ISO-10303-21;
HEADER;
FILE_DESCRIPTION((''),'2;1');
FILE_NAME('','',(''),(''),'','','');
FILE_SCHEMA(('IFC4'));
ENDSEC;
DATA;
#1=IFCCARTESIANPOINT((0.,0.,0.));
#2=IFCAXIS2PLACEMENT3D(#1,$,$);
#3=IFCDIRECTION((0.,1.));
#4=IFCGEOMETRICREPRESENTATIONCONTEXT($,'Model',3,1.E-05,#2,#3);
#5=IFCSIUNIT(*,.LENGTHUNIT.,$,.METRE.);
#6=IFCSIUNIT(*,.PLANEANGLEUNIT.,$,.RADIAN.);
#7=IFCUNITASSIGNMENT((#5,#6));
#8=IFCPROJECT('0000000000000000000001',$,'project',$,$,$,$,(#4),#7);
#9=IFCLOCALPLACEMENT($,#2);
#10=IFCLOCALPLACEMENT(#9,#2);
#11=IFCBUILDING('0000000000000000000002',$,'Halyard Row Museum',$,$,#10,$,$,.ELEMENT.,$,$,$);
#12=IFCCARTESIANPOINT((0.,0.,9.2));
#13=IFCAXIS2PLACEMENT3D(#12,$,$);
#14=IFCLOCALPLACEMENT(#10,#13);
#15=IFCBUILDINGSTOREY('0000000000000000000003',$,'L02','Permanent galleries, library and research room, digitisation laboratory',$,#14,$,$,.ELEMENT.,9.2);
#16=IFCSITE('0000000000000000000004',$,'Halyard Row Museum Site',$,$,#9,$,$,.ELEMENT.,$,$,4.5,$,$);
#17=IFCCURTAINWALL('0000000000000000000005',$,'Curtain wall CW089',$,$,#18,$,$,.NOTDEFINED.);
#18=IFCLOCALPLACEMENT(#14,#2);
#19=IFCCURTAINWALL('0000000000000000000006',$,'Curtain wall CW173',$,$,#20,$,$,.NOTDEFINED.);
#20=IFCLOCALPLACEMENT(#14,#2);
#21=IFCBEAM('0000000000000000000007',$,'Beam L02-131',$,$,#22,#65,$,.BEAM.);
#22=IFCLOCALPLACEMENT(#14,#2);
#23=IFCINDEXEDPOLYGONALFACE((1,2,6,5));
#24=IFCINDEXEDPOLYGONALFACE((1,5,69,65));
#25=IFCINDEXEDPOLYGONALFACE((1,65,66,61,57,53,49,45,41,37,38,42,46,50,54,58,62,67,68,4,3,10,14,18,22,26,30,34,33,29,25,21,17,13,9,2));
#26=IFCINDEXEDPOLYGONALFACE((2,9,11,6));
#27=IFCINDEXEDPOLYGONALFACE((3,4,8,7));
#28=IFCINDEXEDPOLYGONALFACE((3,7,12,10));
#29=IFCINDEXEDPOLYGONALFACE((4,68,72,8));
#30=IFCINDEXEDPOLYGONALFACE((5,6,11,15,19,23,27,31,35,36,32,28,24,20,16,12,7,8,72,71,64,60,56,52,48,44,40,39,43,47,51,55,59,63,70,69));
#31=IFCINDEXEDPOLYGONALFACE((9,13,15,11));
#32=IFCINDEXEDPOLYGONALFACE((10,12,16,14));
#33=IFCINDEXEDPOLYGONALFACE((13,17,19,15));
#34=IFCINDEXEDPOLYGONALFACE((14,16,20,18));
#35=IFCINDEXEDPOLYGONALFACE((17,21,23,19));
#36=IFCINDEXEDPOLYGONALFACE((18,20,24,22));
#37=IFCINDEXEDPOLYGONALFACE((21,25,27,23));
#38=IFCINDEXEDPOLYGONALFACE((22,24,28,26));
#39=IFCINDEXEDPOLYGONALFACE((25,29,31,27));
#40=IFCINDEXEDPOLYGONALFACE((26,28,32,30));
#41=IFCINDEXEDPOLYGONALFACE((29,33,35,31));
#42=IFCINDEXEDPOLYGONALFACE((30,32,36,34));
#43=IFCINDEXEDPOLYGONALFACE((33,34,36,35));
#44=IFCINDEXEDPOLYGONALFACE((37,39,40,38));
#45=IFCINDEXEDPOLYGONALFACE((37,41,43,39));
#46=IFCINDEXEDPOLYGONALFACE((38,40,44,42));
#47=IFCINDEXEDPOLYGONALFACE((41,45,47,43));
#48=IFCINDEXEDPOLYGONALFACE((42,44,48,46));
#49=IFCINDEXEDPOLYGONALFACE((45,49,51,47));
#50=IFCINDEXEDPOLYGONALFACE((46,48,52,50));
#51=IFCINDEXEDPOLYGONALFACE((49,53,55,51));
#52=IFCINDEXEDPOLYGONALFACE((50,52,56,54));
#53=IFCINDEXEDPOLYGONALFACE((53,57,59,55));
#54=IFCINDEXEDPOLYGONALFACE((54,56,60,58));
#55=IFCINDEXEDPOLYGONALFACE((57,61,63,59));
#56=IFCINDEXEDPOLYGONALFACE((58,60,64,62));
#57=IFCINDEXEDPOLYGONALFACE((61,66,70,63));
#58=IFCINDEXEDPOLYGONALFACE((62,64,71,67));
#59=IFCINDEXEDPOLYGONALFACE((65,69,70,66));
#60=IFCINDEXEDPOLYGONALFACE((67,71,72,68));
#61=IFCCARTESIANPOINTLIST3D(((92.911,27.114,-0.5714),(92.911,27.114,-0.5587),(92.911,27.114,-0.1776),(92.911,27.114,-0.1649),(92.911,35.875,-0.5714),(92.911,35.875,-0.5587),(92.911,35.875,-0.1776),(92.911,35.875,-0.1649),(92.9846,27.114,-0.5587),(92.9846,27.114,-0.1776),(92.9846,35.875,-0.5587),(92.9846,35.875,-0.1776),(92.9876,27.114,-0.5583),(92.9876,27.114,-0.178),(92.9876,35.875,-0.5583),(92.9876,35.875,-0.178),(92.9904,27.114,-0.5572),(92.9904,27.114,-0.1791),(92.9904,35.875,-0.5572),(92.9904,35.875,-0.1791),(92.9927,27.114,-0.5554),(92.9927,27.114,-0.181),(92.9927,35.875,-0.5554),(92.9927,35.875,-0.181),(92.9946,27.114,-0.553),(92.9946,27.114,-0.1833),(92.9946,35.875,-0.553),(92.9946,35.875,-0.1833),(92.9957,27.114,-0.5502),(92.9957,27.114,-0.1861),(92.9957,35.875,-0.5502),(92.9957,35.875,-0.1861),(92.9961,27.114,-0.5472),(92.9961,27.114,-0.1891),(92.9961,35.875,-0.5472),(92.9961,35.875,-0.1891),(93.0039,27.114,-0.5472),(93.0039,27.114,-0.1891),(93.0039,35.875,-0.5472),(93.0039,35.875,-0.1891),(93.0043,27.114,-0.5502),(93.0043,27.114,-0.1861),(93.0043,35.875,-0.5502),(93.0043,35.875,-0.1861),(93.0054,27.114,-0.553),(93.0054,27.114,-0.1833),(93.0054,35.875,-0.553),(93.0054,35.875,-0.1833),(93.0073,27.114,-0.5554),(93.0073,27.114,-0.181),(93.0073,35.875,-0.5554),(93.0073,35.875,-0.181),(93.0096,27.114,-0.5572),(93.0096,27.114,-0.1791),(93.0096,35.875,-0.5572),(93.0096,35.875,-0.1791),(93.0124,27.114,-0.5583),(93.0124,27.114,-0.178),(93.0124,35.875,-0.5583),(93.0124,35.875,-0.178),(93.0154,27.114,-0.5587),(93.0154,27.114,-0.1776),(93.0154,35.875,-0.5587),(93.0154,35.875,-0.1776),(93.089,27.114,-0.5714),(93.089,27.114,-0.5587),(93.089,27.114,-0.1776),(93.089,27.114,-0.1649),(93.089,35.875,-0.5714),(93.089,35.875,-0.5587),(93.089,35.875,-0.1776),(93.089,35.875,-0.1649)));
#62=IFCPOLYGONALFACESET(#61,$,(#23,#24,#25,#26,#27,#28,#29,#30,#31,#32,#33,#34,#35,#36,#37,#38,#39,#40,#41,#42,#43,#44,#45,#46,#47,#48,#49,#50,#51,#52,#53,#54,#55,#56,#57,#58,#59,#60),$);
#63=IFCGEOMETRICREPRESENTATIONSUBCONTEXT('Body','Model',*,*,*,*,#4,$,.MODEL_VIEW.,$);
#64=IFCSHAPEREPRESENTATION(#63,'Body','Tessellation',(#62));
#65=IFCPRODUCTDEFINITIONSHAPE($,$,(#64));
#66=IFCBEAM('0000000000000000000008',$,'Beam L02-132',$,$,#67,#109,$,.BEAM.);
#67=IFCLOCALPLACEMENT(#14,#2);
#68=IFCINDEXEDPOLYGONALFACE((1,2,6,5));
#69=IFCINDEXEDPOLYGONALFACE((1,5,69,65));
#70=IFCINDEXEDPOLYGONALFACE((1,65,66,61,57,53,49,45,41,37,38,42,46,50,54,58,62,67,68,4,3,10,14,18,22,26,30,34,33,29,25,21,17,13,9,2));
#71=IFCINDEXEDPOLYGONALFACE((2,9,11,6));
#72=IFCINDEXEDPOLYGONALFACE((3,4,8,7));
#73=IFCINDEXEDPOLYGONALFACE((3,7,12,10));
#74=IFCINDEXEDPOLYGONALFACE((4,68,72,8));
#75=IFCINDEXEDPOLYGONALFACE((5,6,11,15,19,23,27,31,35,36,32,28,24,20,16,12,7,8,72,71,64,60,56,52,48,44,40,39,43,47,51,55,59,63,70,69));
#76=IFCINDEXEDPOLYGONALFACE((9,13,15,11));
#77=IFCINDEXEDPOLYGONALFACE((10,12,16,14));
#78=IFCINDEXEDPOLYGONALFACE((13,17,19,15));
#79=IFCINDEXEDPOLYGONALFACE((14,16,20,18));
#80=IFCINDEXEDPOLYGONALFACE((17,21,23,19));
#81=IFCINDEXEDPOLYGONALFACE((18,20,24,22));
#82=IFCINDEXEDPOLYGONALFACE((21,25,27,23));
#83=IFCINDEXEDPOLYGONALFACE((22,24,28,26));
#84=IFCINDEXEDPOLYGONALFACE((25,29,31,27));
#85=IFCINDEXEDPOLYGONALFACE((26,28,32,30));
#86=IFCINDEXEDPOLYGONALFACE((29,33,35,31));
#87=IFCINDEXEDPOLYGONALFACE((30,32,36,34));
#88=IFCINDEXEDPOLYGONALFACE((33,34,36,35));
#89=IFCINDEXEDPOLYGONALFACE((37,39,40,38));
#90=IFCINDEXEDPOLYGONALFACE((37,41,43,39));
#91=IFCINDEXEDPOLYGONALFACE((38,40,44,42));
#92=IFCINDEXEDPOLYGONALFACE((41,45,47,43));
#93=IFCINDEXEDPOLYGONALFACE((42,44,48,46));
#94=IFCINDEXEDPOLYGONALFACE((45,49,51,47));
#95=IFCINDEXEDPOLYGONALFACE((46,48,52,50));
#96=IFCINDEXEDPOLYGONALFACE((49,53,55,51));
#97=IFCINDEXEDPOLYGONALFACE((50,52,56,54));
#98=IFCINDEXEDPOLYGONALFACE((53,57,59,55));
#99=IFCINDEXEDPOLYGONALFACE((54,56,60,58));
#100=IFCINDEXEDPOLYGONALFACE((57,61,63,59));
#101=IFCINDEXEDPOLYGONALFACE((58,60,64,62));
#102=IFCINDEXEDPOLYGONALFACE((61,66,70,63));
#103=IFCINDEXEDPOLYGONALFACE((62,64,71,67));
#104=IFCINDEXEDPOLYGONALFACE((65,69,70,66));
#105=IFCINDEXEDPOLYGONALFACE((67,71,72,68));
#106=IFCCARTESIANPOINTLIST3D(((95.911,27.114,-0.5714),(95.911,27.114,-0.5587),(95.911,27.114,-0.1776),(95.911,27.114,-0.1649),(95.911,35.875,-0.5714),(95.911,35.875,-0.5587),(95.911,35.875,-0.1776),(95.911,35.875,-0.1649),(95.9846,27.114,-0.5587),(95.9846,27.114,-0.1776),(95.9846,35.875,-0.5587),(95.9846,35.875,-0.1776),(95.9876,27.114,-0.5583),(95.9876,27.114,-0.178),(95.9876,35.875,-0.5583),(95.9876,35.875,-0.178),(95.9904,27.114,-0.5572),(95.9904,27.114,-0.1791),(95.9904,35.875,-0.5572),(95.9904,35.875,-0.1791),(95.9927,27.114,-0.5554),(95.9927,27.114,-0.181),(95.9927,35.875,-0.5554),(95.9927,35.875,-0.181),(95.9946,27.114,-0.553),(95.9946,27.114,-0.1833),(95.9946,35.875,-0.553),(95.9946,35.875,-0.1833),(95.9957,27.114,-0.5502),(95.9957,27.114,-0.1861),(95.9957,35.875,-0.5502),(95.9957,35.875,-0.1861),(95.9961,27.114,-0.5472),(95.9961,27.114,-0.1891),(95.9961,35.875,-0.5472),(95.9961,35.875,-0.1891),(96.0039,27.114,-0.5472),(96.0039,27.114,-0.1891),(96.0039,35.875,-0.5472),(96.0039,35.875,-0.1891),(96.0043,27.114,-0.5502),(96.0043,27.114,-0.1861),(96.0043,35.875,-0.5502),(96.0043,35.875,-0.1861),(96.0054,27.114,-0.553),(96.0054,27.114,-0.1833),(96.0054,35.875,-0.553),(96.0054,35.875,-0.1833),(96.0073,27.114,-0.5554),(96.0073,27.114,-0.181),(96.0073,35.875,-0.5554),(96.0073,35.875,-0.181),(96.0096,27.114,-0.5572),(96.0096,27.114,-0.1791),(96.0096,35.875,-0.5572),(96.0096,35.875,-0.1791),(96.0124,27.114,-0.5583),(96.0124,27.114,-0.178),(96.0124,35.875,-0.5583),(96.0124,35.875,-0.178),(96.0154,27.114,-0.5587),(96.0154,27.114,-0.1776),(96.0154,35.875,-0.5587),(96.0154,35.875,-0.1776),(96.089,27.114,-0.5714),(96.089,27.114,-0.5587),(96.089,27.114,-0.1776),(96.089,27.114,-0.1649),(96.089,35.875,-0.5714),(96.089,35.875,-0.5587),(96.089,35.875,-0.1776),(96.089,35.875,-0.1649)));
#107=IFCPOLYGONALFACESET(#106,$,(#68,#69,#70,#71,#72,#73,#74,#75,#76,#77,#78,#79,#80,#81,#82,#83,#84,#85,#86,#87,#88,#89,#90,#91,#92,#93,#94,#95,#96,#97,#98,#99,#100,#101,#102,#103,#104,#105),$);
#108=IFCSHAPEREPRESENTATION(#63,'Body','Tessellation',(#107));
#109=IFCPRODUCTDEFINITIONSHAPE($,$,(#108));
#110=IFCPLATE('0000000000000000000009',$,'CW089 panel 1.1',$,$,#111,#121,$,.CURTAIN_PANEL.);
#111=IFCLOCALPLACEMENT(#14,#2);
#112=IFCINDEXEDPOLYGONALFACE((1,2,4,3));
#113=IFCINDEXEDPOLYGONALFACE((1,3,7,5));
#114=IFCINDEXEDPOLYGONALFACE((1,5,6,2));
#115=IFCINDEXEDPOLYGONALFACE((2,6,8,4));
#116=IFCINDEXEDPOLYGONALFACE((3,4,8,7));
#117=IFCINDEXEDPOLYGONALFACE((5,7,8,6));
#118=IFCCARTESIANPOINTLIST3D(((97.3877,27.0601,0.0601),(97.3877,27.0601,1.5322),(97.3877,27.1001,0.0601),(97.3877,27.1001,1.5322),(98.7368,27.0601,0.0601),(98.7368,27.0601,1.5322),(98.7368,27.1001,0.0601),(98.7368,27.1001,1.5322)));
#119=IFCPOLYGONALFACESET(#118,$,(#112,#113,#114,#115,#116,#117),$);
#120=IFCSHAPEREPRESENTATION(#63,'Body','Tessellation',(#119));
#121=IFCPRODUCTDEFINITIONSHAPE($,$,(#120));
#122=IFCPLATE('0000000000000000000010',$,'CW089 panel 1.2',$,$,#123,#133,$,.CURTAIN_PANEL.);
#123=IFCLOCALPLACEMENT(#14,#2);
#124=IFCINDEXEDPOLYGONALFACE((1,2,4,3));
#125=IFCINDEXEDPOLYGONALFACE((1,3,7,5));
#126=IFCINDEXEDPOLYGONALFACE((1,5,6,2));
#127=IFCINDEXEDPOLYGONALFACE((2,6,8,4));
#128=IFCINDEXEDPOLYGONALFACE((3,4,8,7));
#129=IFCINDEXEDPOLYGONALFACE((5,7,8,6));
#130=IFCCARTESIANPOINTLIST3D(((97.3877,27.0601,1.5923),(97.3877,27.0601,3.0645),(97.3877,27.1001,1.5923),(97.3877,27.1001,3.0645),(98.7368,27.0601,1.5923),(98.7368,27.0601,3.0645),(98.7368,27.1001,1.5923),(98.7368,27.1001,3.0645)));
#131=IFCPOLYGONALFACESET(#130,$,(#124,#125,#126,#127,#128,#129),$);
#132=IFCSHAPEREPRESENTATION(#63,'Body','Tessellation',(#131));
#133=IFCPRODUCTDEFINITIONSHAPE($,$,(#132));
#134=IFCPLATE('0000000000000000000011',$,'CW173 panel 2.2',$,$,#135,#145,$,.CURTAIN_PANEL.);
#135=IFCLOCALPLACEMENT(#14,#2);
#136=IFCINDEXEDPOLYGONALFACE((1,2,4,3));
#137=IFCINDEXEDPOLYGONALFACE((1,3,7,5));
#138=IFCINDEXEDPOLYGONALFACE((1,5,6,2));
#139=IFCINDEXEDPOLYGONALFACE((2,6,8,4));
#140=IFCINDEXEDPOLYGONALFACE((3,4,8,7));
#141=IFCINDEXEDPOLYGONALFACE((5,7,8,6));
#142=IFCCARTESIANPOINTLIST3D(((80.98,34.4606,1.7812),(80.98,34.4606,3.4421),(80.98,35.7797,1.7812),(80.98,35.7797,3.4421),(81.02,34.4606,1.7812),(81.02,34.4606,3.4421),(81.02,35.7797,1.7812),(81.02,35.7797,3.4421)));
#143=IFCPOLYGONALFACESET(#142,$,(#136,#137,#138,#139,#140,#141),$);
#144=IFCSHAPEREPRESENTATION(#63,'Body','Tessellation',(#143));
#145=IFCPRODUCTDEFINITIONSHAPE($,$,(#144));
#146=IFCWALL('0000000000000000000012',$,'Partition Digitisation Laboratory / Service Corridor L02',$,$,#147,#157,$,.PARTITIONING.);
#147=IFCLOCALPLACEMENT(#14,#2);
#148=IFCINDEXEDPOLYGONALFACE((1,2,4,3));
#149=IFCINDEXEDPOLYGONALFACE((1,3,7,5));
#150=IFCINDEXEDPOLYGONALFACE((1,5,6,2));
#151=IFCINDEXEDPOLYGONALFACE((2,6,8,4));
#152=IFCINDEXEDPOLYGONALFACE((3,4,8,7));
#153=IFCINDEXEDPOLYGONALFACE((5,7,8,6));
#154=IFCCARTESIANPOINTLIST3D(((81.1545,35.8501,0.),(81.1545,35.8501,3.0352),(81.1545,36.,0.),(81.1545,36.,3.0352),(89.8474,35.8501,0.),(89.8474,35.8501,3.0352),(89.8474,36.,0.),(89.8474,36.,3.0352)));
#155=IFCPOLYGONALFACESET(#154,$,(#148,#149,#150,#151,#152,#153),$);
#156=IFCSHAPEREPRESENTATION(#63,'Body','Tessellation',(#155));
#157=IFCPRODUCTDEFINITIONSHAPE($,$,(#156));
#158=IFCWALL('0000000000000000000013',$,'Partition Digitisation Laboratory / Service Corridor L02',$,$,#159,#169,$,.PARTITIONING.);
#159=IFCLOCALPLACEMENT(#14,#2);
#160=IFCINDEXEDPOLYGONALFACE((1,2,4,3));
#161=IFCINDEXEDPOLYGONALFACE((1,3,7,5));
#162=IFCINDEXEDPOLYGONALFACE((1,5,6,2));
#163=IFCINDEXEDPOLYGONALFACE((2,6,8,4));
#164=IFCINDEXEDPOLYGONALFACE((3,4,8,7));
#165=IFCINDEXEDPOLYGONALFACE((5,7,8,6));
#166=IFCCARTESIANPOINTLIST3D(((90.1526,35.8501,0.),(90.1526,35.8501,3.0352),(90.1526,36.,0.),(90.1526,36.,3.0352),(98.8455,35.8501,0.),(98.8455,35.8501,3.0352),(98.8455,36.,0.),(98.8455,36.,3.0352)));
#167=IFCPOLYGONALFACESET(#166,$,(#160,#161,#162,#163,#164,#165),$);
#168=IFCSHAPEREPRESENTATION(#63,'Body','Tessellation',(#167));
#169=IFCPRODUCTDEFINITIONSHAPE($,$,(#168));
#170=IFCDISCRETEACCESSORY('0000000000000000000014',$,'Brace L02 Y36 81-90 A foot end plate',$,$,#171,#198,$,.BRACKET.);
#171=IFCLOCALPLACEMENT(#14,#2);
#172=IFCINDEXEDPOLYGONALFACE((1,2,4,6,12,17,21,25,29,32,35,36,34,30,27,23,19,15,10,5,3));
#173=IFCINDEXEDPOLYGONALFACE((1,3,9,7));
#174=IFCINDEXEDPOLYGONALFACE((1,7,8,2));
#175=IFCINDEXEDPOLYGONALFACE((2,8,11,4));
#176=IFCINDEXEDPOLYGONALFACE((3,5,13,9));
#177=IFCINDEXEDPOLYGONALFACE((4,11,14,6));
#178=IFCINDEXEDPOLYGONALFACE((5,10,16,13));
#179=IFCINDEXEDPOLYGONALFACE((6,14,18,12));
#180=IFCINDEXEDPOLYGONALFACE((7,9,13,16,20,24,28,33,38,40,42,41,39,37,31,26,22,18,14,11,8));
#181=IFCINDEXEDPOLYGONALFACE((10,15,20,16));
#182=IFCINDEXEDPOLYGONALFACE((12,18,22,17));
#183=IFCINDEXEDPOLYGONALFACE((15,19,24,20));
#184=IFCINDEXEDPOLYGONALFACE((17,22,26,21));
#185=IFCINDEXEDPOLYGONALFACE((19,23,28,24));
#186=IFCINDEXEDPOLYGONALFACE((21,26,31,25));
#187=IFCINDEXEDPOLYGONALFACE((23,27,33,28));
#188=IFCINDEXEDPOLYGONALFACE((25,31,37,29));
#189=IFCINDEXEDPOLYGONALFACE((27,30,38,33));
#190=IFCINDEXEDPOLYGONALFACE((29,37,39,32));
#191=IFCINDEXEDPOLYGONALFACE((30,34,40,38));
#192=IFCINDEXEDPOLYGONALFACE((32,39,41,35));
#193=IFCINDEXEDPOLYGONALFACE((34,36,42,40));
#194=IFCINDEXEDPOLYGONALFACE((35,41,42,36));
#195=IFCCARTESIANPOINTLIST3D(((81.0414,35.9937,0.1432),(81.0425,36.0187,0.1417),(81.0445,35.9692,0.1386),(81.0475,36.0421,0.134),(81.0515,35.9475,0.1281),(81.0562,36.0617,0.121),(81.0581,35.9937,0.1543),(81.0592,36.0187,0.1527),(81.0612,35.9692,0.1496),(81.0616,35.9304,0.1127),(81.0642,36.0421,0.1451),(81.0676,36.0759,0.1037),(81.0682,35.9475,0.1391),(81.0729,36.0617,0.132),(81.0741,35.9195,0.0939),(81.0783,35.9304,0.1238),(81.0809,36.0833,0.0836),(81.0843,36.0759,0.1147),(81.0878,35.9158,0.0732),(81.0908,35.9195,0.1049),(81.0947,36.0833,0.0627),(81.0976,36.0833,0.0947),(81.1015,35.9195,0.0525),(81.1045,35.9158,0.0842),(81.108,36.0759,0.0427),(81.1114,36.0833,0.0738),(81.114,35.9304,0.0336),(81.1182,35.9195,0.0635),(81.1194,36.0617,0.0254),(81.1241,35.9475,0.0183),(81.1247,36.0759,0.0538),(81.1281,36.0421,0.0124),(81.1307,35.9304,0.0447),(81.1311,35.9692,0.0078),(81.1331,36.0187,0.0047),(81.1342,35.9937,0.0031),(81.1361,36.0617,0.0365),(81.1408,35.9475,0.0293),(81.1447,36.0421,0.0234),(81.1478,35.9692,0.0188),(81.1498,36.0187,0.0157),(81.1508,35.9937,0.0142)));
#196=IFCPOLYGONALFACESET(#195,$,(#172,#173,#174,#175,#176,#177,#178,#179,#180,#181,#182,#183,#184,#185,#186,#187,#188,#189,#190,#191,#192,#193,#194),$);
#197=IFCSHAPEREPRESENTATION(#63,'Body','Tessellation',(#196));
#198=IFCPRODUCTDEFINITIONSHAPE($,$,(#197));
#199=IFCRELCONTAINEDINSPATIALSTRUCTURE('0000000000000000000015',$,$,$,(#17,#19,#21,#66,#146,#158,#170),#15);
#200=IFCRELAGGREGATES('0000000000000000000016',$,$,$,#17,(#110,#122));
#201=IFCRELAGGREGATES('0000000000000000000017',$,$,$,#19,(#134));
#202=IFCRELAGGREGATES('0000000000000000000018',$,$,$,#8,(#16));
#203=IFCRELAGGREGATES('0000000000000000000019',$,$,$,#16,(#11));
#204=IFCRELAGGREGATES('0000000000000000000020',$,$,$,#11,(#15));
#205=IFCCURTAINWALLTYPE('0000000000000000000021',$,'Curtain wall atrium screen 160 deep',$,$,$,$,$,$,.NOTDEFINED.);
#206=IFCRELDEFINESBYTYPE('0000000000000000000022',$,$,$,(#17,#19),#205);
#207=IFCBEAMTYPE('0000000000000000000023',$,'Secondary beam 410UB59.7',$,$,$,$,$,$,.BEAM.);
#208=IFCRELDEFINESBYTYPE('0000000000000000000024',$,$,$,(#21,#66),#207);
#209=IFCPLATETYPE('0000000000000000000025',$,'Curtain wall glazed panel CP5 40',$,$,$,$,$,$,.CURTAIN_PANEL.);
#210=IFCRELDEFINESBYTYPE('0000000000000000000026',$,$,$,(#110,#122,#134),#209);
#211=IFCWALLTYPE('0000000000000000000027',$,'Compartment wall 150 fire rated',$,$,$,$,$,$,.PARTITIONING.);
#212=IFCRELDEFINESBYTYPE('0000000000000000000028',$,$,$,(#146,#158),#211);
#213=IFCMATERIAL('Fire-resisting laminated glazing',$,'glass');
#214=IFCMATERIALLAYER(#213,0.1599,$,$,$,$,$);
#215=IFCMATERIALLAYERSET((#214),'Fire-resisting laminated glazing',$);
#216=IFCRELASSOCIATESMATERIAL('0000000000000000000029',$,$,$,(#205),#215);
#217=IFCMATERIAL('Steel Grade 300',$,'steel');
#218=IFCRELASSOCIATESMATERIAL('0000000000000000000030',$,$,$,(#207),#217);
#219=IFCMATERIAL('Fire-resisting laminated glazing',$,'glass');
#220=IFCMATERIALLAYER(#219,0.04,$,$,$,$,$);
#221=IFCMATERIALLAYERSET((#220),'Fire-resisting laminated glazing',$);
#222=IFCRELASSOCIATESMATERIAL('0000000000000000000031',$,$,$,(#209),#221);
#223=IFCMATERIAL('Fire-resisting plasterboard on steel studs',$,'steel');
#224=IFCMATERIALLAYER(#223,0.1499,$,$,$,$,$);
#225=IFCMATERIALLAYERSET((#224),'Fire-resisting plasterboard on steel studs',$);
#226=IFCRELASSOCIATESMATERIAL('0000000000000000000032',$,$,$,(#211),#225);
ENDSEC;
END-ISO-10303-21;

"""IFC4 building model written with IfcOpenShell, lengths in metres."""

from ifc_helpers import new_model, si_unit, direction, frame, frame_2d, origin, origin_2d, place, context, subcontext, project, spatial, rectangle, circle, i_section, extrude, material, layer, layer_set, material_profile, profile_set, type_object, element, aggregate, save


model = new_model("IFC4")

# Units and contexts
model_context = context("Model", 3, precision=1e-05, world=origin(), true_north=direction((0.0, 1.0)))
body_context = subcontext(model_context, "Body", "Model", "MODEL_VIEW")
ifc_project = project(units=[si_unit("LENGTHUNIT", "METRE"), si_unit("PLANEANGLEUNIT", "RADIAN")], contexts=[model_context])

# Site, building, storey
site_placement = place(None, origin())
site = spatial("IfcSite", under=ifc_project, at=site_placement, Name="Halyard Row Museum Site", CompositionType="ELEMENT", RefElevation=4.5)
building_placement = place(site_placement, origin())
building = spatial("IfcBuilding", under=site, at=building_placement, Name="Halyard Row Museum", CompositionType="ELEMENT")
storey_placement = place(building_placement, frame((0.0, 0.0, 9.2)))
storey = spatial("IfcBuildingStorey", under=building, at=storey_placement, Name="L02", Description="Permanent galleries, library and research room, digitisation laboratory", CompositionType="ELEMENT", Elevation=9.2)

# Curtain walls
ifc_material_1 = material(Name="Fire-resisting laminated glazing", Category="glass")
ifc_layer_1 = layer(ifc_material_1, 0.1599)
ifc_layer_set_1 = layer_set([ifc_layer_1], Name="Fire-resisting laminated glazing")
curtain_wall_type = type_object("IfcCurtainWallType", Name="Curtain wall atrium screen 160 deep", PredefinedType="NOTDEFINED", material=ifc_layer_set_1)
curtain_wall_1_placement = place(storey_placement, origin())
curtain_wall_1 = element("IfcCurtainWall", 1, at=curtain_wall_1_placement, inside=storey, type_object=curtain_wall_type, Name="Curtain wall CW089", PredefinedType="NOTDEFINED")
curtain_wall_2_placement = place(storey_placement, origin())
curtain_wall_2 = element("IfcCurtainWall", 2, at=curtain_wall_2_placement, inside=storey, type_object=curtain_wall_type, Name="Curtain wall CW173", PredefinedType="NOTDEFINED")

# Beams
ifc_material_2 = material(Name="Steel Grade 300", Category="steel")
ifc_material_profile_1 = material_profile(ifc_material_2, i_section(OverallWidth=0.178, OverallDepth=0.4065, WebThickness=0.0078, FlangeThickness=0.0127, FilletRadius=0.0115, at=origin_2d()), Name="410UB59.7")
ifc_profile_set_1 = profile_set([ifc_material_profile_1], Name="Steel Grade 300")
beam_type_1 = type_object("IfcBeamType", Name="Secondary beam 410UB59.7", PredefinedType="BEAM", material=ifc_profile_set_1)
for number, where, z_axis, x_axis, name in (
    (3, (93.0, 27.114, -0.3682), (0.0, 1.0, 0.0), (-1.0, 0.0, 0.0), "Beam L02-131"),
    (4, (96.0, 27.114, -0.3682), (0.0, 1.0, 0.0), (-1.0, 0.0, 0.0), "Beam L02-132"),
):
    element("IfcBeam", number, at=place(storey_placement, frame(where, z_axis=z_axis, x_axis=x_axis)), inside=storey, type_object=beam_type_1, Name=name, PredefinedType="BEAM", context=body_context, shape_type="SweptSolid", body=[
        extrude(i_section(OverallWidth=0.178, OverallDepth=0.4065, WebThickness=0.0078, FlangeThickness=0.0127, FilletRadius=0.0115, at=origin_2d()), origin(), (0.0, 0.0, 1.0), 8.761),
    ])

# Plates
ifc_material_3 = material(Name="Fire-resisting laminated glazing", Category="glass")
ifc_layer_2 = layer(ifc_material_3, 0.04)
ifc_layer_set_2 = layer_set([ifc_layer_2], Name="Fire-resisting laminated glazing")
plate_type = type_object("IfcPlateType", Name="Curtain wall glazed panel CP5 40", PredefinedType="CURTAIN_PANEL", material=ifc_layer_set_2)
plate_1_placement = place(storey_placement, frame((98.0623, 27.0801, 0.0601), z_axis=(0.0, 0.0, 1.0), x_axis=(-1.0, 0.0, 0.0)))
plate_1 = element("IfcPlate", 5, at=plate_1_placement, type_object=plate_type, Name="CW089 panel 1.1", PredefinedType="CURTAIN_PANEL", context=body_context, shape_type="SweptSolid", body=[
    extrude(rectangle(XDim=1.3491, YDim=0.04, at=origin_2d()), origin(), (0.0, 0.0, 1.0), 1.4722),
])
plate_2_placement = place(storey_placement, frame((98.0623, 27.0801, 1.5923), z_axis=(0.0, 0.0, 1.0), x_axis=(-1.0, 0.0, 0.0)))
plate_2 = element("IfcPlate", 6, at=plate_2_placement, type_object=plate_type, Name="CW089 panel 1.2", PredefinedType="CURTAIN_PANEL", context=body_context, shape_type="SweptSolid", body=[
    extrude(rectangle(XDim=1.3491, YDim=0.04, at=origin_2d()), origin(), (0.0, 0.0, 1.0), 1.4722),
])
aggregate(curtain_wall_1, [plate_1, plate_2])
plate_3_placement = place(storey_placement, frame((81.0, 35.1201, 1.7812), z_axis=(0.0, 0.0, 1.0), x_axis=(0.0, 1.0, 0.0)))
plate_3 = element("IfcPlate", 7, at=plate_3_placement, type_object=plate_type, Name="CW173 panel 2.2", PredefinedType="CURTAIN_PANEL", context=body_context, shape_type="SweptSolid", body=[
    extrude(rectangle(XDim=1.3191, YDim=0.04, at=origin_2d()), origin(), (0.0, 0.0, 1.0), 1.6609),
])
aggregate(curtain_wall_2, [plate_3])

# Walls
ifc_material_4 = material(Name="Fire-resisting plasterboard on steel studs", Category="steel")
ifc_layer_3 = layer(ifc_material_4, 0.1499)
ifc_layer_set_3 = layer_set([ifc_layer_3], Name="Fire-resisting plasterboard on steel studs")
wall_type = type_object("IfcWallType", Name="Compartment wall 150 fire rated", PredefinedType="PARTITIONING", material=ifc_layer_set_3)
for number, where, z_axis, x_axis, name in (
    (8, (81.1545, 35.925, 0.0), (0.0, 0.0, 1.0), (1.0, 0.0, 0.0), "Partition Digitisation Laboratory / Service Corridor L02"),
    (9, (90.1526, 35.925, 0.0), (0.0, 0.0, 1.0), (1.0, 0.0, 0.0), "Partition Digitisation Laboratory / Service Corridor L02"),
):
    element("IfcWall", number, at=place(storey_placement, frame(where, z_axis=z_axis, x_axis=x_axis)), inside=storey, type_object=wall_type, Name=name, PredefinedType="PARTITIONING", context=body_context, shape_type="SweptSolid", body=[
        extrude(rectangle(XDim=8.6929, YDim=0.1499, at=frame_2d((4.3464, 0.0))), origin(), (0.0, 0.0, 1.0), 3.0352),
    ])

# Discrete accessory
for number, where, z_axis, x_axis, name in (
    (10, (81.1045, 36.0, 0.0842), (-0.833932, 0.0, -0.551867), (0.0, -1.0, 0.0), "Brace L02 Y36 81-90 A foot end plate"),
):
    element("IfcDiscreteAccessory", number, at=place(storey_placement, frame(where, z_axis=z_axis, x_axis=x_axis)), inside=storey, Name=name, PredefinedType="BRACKET", context=body_context, shape_type="SweptSolid", body=[
        extrude(circle(Radius=0.0842, at=origin_2d()), origin(), (0.0, 0.0, 1.0), 0.02),
    ])

save(model, "model.ifc")
